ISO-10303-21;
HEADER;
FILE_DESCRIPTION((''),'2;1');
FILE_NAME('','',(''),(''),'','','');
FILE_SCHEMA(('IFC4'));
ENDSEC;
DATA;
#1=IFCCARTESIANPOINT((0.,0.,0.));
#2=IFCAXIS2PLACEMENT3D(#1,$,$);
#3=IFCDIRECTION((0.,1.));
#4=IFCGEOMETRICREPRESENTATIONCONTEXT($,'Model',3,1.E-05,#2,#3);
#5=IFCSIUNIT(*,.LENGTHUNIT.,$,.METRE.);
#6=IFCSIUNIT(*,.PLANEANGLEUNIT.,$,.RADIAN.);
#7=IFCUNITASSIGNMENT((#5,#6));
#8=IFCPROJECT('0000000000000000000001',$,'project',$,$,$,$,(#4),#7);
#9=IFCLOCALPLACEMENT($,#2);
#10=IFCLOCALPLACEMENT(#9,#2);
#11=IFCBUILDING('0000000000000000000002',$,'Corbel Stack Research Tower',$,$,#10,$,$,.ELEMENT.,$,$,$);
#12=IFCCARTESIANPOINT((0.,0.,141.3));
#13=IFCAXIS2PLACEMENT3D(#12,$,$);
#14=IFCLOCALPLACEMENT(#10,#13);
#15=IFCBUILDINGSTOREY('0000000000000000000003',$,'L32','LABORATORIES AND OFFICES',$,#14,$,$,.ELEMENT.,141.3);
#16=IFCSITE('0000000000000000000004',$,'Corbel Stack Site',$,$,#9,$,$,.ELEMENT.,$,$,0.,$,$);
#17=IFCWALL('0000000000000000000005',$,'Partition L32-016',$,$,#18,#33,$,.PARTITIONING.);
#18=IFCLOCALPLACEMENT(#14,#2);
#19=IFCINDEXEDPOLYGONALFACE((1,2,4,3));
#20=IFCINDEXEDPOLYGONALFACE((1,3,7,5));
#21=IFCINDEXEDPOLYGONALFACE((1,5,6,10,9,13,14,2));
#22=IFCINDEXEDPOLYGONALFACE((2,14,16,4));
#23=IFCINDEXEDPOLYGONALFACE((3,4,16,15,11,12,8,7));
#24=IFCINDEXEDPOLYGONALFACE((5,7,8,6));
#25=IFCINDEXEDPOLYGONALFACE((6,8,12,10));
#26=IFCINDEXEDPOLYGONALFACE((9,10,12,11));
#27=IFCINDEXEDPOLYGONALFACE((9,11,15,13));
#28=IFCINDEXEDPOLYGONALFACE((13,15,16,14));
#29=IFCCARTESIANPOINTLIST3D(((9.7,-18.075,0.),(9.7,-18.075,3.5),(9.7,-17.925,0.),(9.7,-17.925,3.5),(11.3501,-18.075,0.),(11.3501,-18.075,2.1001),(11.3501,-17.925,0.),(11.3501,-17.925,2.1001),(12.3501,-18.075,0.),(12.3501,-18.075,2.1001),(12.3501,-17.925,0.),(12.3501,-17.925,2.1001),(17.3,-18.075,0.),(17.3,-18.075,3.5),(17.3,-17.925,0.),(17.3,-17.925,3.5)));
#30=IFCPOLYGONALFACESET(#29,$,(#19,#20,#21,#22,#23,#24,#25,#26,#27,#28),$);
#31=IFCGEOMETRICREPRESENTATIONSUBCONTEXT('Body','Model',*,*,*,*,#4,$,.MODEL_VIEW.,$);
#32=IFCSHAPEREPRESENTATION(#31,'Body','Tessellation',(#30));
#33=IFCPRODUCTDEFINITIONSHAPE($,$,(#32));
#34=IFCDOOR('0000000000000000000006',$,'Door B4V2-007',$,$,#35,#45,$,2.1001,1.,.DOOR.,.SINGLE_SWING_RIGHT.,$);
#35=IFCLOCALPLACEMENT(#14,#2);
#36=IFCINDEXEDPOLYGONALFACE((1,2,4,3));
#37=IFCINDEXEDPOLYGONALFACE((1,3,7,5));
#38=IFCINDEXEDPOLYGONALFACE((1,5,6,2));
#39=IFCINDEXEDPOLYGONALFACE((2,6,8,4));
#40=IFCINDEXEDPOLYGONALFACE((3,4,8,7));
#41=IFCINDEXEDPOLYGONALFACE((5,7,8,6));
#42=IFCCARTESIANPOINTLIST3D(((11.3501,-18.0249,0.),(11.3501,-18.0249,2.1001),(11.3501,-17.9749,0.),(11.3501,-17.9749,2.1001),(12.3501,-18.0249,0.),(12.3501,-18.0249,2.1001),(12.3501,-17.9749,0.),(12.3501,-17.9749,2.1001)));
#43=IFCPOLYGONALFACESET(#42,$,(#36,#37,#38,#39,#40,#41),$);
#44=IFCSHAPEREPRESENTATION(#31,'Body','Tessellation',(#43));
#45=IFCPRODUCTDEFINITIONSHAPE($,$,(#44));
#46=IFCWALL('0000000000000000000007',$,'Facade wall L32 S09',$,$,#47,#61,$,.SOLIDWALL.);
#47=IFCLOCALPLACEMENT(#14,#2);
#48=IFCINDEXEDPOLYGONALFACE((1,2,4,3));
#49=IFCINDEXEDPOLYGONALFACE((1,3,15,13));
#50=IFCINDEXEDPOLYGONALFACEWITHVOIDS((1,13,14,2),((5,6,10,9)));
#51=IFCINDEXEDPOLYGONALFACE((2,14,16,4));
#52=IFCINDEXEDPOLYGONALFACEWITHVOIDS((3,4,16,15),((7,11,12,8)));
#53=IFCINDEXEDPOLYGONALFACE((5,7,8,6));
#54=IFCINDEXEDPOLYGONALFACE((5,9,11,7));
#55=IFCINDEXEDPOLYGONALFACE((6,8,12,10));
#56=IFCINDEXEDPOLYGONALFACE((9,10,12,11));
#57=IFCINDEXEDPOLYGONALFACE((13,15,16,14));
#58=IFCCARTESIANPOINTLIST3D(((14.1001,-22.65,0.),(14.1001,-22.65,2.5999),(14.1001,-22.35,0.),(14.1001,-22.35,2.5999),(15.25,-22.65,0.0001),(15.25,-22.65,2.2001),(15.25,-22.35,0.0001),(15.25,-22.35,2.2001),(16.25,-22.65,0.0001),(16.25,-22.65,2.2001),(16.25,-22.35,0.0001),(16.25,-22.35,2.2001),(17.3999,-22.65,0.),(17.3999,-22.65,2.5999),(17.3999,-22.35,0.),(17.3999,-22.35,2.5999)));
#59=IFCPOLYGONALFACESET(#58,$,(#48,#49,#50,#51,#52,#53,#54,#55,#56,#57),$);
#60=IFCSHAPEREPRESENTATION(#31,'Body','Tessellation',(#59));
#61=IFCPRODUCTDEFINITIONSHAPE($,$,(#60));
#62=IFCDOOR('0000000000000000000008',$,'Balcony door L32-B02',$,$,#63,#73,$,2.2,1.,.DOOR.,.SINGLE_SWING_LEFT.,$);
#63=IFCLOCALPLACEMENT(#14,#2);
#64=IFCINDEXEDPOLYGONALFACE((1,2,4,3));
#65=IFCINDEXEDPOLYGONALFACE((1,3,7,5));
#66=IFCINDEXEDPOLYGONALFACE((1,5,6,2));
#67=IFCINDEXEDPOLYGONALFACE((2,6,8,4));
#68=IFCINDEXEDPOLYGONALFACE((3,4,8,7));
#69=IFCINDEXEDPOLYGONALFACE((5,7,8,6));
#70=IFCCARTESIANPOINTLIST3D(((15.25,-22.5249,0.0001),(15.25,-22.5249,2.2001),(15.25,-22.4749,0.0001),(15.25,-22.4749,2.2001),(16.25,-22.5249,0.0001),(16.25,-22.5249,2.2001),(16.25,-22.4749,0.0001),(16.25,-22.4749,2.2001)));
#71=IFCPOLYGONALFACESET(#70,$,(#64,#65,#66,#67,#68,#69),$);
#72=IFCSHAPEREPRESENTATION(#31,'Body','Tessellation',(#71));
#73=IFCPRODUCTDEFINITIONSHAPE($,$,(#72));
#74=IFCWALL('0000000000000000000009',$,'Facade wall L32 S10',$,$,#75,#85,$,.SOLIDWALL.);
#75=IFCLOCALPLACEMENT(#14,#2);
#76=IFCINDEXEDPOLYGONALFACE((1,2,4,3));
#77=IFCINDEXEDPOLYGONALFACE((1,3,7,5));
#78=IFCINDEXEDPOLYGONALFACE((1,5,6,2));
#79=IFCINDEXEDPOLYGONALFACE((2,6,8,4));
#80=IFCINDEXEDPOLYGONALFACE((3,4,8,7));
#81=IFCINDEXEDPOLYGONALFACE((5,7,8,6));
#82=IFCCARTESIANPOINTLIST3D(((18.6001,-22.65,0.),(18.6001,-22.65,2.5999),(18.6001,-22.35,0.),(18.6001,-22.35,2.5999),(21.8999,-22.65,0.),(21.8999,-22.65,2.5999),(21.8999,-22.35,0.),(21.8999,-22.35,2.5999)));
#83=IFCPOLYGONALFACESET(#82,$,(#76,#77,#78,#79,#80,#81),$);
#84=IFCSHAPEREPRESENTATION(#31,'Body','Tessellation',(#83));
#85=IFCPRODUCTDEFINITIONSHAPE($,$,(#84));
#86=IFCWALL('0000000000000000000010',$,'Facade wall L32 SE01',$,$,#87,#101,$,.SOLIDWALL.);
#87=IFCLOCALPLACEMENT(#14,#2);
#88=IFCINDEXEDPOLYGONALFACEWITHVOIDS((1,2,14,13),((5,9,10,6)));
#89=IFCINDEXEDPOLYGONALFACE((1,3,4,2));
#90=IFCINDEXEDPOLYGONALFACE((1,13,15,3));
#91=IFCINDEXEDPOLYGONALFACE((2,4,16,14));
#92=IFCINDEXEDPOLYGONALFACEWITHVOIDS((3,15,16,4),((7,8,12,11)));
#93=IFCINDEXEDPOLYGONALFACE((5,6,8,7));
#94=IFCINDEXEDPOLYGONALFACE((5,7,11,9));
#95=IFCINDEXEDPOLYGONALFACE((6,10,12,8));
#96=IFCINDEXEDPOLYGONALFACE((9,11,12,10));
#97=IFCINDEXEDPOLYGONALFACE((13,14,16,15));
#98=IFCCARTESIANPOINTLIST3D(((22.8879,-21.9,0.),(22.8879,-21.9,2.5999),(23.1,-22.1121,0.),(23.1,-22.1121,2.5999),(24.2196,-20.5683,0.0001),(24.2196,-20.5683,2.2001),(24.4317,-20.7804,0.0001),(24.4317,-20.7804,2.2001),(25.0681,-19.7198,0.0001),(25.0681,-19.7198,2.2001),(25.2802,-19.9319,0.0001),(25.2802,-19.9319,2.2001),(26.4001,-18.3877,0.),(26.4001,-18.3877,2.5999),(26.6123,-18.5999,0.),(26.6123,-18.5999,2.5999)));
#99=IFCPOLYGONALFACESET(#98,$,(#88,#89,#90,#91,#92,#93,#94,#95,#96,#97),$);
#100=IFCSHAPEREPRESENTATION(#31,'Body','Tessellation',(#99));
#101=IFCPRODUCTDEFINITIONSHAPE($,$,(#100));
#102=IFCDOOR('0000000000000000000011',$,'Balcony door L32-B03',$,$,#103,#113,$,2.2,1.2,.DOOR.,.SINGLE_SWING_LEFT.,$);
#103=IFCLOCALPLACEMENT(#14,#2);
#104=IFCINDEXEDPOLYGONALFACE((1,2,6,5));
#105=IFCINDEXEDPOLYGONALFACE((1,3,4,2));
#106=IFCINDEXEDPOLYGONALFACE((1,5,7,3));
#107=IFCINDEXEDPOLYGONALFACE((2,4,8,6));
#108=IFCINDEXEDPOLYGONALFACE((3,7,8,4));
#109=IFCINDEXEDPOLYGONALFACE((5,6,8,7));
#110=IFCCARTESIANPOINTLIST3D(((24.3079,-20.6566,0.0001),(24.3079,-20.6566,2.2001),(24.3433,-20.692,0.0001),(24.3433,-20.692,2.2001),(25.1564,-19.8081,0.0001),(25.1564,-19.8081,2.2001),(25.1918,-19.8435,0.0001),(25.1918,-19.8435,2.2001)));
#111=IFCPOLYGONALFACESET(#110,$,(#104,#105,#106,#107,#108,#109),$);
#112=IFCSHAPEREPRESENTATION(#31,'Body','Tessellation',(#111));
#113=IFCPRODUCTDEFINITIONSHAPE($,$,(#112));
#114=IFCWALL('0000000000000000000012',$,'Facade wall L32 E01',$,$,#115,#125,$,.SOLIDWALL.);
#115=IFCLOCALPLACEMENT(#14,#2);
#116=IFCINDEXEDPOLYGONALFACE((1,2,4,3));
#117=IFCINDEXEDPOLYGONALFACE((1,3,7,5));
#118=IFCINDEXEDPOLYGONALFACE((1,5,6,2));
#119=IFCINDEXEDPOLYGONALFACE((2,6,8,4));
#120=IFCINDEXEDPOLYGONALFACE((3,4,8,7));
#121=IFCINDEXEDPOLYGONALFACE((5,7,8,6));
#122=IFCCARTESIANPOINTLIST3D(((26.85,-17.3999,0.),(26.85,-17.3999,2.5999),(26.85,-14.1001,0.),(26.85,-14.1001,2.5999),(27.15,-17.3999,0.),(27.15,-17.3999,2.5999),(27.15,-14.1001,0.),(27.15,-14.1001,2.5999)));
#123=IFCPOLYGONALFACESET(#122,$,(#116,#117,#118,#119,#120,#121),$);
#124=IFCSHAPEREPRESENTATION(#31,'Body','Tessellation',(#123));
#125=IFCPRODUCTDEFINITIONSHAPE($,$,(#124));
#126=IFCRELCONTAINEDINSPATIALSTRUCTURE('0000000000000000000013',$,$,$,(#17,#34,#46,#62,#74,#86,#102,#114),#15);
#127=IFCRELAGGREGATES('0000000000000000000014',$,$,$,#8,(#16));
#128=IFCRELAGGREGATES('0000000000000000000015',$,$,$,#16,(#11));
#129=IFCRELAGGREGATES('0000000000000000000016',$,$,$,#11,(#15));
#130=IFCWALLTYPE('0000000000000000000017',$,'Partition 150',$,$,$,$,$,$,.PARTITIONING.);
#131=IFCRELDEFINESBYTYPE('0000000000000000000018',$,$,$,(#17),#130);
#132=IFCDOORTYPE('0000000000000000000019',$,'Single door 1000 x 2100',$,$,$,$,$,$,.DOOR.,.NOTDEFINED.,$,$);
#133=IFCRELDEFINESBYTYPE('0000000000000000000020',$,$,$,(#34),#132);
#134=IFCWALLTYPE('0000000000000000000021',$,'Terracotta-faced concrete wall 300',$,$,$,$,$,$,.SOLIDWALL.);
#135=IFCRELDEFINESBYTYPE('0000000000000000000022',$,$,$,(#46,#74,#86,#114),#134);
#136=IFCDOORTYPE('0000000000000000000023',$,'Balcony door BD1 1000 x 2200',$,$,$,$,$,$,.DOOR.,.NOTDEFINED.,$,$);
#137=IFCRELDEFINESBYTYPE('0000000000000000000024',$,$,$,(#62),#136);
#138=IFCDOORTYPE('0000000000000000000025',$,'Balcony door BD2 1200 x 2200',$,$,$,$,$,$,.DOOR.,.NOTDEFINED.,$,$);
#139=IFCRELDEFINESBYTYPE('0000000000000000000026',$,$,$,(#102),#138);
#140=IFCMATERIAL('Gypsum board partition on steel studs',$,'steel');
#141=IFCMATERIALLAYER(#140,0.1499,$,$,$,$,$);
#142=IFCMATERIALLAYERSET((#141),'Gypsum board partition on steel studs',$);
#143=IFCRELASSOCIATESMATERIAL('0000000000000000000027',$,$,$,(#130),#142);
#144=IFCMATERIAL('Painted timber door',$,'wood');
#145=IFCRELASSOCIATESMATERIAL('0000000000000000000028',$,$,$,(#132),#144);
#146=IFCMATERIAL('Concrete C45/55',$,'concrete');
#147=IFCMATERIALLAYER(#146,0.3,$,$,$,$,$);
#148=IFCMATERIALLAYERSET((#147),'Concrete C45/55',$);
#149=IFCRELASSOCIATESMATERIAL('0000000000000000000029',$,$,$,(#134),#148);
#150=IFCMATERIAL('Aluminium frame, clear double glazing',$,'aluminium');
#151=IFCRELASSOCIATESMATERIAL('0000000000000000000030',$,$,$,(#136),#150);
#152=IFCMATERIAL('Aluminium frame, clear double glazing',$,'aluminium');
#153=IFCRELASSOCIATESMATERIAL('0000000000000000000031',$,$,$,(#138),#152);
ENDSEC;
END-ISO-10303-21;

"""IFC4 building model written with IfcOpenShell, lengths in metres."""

from ifc_helpers import new_model, si_unit, direction, frame, frame_2d, origin, place, context, subcontext, project, spatial, rectangle, extrude, material, layer, layer_set, type_object, element, fill, save


model = new_model("IFC4")

# Units and contexts
model_context = context("Model", 3, precision=1e-05, world=origin(), true_north=direction((0.0, 1.0)))
body_context = subcontext(model_context, "Body", "Model", "MODEL_VIEW")
ifc_project = project(units=[si_unit("LENGTHUNIT", "METRE"), si_unit("PLANEANGLEUNIT", "RADIAN")], contexts=[model_context])

# Site, building, storey
site_placement = place(None, origin())
site = spatial("IfcSite", under=ifc_project, at=site_placement, Name="Corbel Stack Site", CompositionType="ELEMENT", RefElevation=0.0)
building_placement = place(site_placement, origin())
building = spatial("IfcBuilding", under=site, at=building_placement, Name="Corbel Stack Research Tower", CompositionType="ELEMENT")
storey_placement = place(building_placement, frame((0.0, 0.0, 141.3)))
storey = spatial("IfcBuildingStorey", under=building, at=storey_placement, Name="L32", Description="LABORATORIES AND OFFICES", CompositionType="ELEMENT", Elevation=141.3)

# Walls, openings, doors
ifc_material_1 = material(Name="Gypsum board partition on steel studs", Category="steel")
ifc_layer_1 = layer(ifc_material_1, 0.1499)
ifc_layer_set_1 = layer_set([ifc_layer_1], Name="Gypsum board partition on steel studs")
wall_type_1 = type_object("IfcWallType", Name="Partition 150", PredefinedType="PARTITIONING", material=ifc_layer_set_1)
wall_1_placement = place(storey_placement, frame((17.3, -18.0, 0.0), z_axis=(0.0, 0.0, 1.0), x_axis=(-1.0, 0.0, 0.0)))
wall_1 = element("IfcWall", 1, at=wall_1_placement, inside=storey, type_object=wall_type_1, Name="Partition L32-016", PredefinedType="PARTITIONING", context=body_context, shape_type="SweptSolid", body=[
    extrude(rectangle(XDim=7.6001, YDim=0.1499, at=frame_2d((3.8, 0.0))), origin(), (0.0, 0.0, 1.0), 3.5),
])
opening_1_placement = place(wall_1_placement, frame((4.95, 0.0, 0.0)))
opening_1 = element("IfcOpeningElement", 2, at=opening_1_placement, cuts=wall_1, PredefinedType="OPENING", context=body_context, shape_type="SweptSolid", body=[
    extrude(rectangle(XDim=1.0, YDim=2.1001, at=frame_2d((0.5, 1.05))), frame((0.0, 0.085, 0.0), z_axis=(0.0, -1.0, 0.0), x_axis=(1.0, 0.0, 0.0)), (0.0, 0.0, 1.0), 0.1699),
])
ifc_material_2 = material(Name="Painted timber door", Category="wood")
door_type_1 = type_object("IfcDoorType", Name="Single door 1000 x 2100", OperationType="NOTDEFINED", PredefinedType="DOOR", material=ifc_material_2)
door_1_placement = place(opening_1_placement, origin())
door_1 = element("IfcDoor", 3, at=door_1_placement, inside=storey, type_object=door_type_1, Name="Door B4V2-007", OperationType="SINGLE_SWING_RIGHT", OverallHeight=2.1001, OverallWidth=1.0, PredefinedType="DOOR", context=body_context, shape_type="SweptSolid", body=[
    extrude(rectangle(XDim=1.0, YDim=2.1001, at=frame_2d((0.5, 1.05))), frame((0.0, 0.0249, 0.0), z_axis=(0.0, -1.0, 0.0), x_axis=(1.0, 0.0, 0.0)), (0.0, 0.0, 1.0), 0.05),
])
fill(opening_1, door_1)
ifc_material_3 = material(Name="Concrete C45/55", Category="concrete")
ifc_layer_2 = layer(ifc_material_3, 0.3)
ifc_layer_set_2 = layer_set([ifc_layer_2], Name="Concrete C45/55")
wall_type_2 = type_object("IfcWallType", Name="Terracotta-faced concrete wall 300", PredefinedType="SOLIDWALL", material=ifc_layer_set_2)
wall_2_placement = place(storey_placement, frame((17.3999, -22.5, 0.0), z_axis=(0.0, 0.0, 1.0), x_axis=(-1.0, 0.0, 0.0)))
wall_2 = element("IfcWall", 4, at=wall_2_placement, inside=storey, type_object=wall_type_2, Name="Facade wall L32 S09", PredefinedType="SOLIDWALL", context=body_context, shape_type="SweptSolid", body=[
    extrude(rectangle(XDim=3.2998, YDim=0.3, at=frame_2d((1.6499, 0.0))), origin(), (0.0, 0.0, 1.0), 2.5999),
])
opening_2_placement = place(wall_2_placement, frame((1.1499, 0.0, 0.0)))
opening_2 = element("IfcOpeningElement", 5, at=opening_2_placement, cuts=wall_2, PredefinedType="OPENING", context=body_context, shape_type="SweptSolid", body=[
    extrude(rectangle(XDim=1.0, YDim=2.2, at=frame_2d((0.5, 1.1001))), frame((0.0, 0.1599, 0.0), z_axis=(0.0, -1.0, 0.0), x_axis=(1.0, 0.0, 0.0)), (0.0, 0.0, 1.0), 0.3201),
])
ifc_material_4 = material(Name="Aluminium frame, clear double glazing", Category="aluminium")
door_type_2 = type_object("IfcDoorType", Name="Balcony door BD1 1000 x 2200", OperationType="NOTDEFINED", PredefinedType="DOOR", material=ifc_material_4)
door_2_placement = place(opening_2_placement, origin())
door_2 = element("IfcDoor", 6, at=door_2_placement, inside=storey, type_object=door_type_2, Name="Balcony door L32-B02", OperationType="SINGLE_SWING_LEFT", OverallHeight=2.2, OverallWidth=1.0, PredefinedType="DOOR", context=body_context, shape_type="SweptSolid", body=[
    extrude(rectangle(XDim=1.0, YDim=2.2, at=frame_2d((0.5, 1.1001))), frame((0.0, 0.0249, 0.0), z_axis=(0.0, -1.0, 0.0), x_axis=(1.0, 0.0, 0.0)), (0.0, 0.0, 1.0), 0.05),
])
fill(opening_2, door_2)

# Wall
wall_3_placement = place(storey_placement, frame((21.8999, -22.5, 0.0), z_axis=(0.0, 0.0, 1.0), x_axis=(-1.0, 0.0, 0.0)))
element("IfcWall", 7, at=wall_3_placement, inside=storey, type_object=wall_type_2, Name="Facade wall L32 S10", PredefinedType="SOLIDWALL", context=body_context, shape_type="SweptSolid", body=[
    extrude(rectangle(XDim=3.2998, YDim=0.3, at=frame_2d((1.6499, 0.0))), origin(), (0.0, 0.0, 1.0), 2.5999),
])

# Wall, opening, door
wall_4_placement = place(storey_placement, frame((26.5061, -18.4939, 0.0), z_axis=(0.0, 0.0, 1.0), x_axis=(-0.707107, -0.707107, 0.0)))
wall_4 = element("IfcWall", 8, at=wall_4_placement, inside=storey, type_object=wall_type_2, Name="Facade wall L32 SE01", PredefinedType="SOLIDWALL", context=body_context, shape_type="SweptSolid", body=[
    extrude(rectangle(XDim=4.967, YDim=0.3, at=frame_2d((2.4834, 0.0))), origin(), (0.0, 0.0, 1.0), 2.5999),
])
opening_3_placement = place(wall_4_placement, frame((1.8835, 0.0, 0.0)))
opening_3 = element("IfcOpeningElement", 9, at=opening_3_placement, cuts=wall_4, PredefinedType="OPENING", context=body_context, shape_type="SweptSolid", body=[
    extrude(rectangle(XDim=1.2, YDim=2.2, at=frame_2d((0.6001, 1.1001))), frame((0.0, 0.1599, 0.0), z_axis=(0.0, -1.0, 0.0), x_axis=(1.0, 0.0, 0.0)), (0.0, 0.0, 1.0), 0.3201),
])
ifc_material_5 = material(Name="Aluminium frame, clear double glazing", Category="aluminium")
door_type_3 = type_object("IfcDoorType", Name="Balcony door BD2 1200 x 2200", OperationType="NOTDEFINED", PredefinedType="DOOR", material=ifc_material_5)
door_3_placement = place(opening_3_placement, origin())
door_3 = element("IfcDoor", 10, at=door_3_placement, inside=storey, type_object=door_type_3, Name="Balcony door L32-B03", OperationType="SINGLE_SWING_LEFT", OverallHeight=2.2, OverallWidth=1.2, PredefinedType="DOOR", context=body_context, shape_type="SweptSolid", body=[
    extrude(rectangle(XDim=1.2, YDim=2.2, at=frame_2d((0.6001, 1.1001))), frame((0.0, 0.0249, 0.0), z_axis=(0.0, -1.0, 0.0), x_axis=(1.0, 0.0, 0.0)), (0.0, 0.0, 1.0), 0.05),
])
fill(opening_3, door_3)

# Wall
wall_5_placement = place(storey_placement, frame((27.0, -14.1001, 0.0), z_axis=(0.0, 0.0, 1.0), x_axis=(0.0, -1.0, 0.0)))
element("IfcWall", 11, at=wall_5_placement, inside=storey, type_object=wall_type_2, Name="Facade wall L32 E01", PredefinedType="SOLIDWALL", context=body_context, shape_type="SweptSolid", body=[
    extrude(rectangle(XDim=3.2998, YDim=0.3, at=frame_2d((1.6499, 0.0))), origin(), (0.0, 0.0, 1.0), 2.5999),
])

save(model, "model.ifc")
